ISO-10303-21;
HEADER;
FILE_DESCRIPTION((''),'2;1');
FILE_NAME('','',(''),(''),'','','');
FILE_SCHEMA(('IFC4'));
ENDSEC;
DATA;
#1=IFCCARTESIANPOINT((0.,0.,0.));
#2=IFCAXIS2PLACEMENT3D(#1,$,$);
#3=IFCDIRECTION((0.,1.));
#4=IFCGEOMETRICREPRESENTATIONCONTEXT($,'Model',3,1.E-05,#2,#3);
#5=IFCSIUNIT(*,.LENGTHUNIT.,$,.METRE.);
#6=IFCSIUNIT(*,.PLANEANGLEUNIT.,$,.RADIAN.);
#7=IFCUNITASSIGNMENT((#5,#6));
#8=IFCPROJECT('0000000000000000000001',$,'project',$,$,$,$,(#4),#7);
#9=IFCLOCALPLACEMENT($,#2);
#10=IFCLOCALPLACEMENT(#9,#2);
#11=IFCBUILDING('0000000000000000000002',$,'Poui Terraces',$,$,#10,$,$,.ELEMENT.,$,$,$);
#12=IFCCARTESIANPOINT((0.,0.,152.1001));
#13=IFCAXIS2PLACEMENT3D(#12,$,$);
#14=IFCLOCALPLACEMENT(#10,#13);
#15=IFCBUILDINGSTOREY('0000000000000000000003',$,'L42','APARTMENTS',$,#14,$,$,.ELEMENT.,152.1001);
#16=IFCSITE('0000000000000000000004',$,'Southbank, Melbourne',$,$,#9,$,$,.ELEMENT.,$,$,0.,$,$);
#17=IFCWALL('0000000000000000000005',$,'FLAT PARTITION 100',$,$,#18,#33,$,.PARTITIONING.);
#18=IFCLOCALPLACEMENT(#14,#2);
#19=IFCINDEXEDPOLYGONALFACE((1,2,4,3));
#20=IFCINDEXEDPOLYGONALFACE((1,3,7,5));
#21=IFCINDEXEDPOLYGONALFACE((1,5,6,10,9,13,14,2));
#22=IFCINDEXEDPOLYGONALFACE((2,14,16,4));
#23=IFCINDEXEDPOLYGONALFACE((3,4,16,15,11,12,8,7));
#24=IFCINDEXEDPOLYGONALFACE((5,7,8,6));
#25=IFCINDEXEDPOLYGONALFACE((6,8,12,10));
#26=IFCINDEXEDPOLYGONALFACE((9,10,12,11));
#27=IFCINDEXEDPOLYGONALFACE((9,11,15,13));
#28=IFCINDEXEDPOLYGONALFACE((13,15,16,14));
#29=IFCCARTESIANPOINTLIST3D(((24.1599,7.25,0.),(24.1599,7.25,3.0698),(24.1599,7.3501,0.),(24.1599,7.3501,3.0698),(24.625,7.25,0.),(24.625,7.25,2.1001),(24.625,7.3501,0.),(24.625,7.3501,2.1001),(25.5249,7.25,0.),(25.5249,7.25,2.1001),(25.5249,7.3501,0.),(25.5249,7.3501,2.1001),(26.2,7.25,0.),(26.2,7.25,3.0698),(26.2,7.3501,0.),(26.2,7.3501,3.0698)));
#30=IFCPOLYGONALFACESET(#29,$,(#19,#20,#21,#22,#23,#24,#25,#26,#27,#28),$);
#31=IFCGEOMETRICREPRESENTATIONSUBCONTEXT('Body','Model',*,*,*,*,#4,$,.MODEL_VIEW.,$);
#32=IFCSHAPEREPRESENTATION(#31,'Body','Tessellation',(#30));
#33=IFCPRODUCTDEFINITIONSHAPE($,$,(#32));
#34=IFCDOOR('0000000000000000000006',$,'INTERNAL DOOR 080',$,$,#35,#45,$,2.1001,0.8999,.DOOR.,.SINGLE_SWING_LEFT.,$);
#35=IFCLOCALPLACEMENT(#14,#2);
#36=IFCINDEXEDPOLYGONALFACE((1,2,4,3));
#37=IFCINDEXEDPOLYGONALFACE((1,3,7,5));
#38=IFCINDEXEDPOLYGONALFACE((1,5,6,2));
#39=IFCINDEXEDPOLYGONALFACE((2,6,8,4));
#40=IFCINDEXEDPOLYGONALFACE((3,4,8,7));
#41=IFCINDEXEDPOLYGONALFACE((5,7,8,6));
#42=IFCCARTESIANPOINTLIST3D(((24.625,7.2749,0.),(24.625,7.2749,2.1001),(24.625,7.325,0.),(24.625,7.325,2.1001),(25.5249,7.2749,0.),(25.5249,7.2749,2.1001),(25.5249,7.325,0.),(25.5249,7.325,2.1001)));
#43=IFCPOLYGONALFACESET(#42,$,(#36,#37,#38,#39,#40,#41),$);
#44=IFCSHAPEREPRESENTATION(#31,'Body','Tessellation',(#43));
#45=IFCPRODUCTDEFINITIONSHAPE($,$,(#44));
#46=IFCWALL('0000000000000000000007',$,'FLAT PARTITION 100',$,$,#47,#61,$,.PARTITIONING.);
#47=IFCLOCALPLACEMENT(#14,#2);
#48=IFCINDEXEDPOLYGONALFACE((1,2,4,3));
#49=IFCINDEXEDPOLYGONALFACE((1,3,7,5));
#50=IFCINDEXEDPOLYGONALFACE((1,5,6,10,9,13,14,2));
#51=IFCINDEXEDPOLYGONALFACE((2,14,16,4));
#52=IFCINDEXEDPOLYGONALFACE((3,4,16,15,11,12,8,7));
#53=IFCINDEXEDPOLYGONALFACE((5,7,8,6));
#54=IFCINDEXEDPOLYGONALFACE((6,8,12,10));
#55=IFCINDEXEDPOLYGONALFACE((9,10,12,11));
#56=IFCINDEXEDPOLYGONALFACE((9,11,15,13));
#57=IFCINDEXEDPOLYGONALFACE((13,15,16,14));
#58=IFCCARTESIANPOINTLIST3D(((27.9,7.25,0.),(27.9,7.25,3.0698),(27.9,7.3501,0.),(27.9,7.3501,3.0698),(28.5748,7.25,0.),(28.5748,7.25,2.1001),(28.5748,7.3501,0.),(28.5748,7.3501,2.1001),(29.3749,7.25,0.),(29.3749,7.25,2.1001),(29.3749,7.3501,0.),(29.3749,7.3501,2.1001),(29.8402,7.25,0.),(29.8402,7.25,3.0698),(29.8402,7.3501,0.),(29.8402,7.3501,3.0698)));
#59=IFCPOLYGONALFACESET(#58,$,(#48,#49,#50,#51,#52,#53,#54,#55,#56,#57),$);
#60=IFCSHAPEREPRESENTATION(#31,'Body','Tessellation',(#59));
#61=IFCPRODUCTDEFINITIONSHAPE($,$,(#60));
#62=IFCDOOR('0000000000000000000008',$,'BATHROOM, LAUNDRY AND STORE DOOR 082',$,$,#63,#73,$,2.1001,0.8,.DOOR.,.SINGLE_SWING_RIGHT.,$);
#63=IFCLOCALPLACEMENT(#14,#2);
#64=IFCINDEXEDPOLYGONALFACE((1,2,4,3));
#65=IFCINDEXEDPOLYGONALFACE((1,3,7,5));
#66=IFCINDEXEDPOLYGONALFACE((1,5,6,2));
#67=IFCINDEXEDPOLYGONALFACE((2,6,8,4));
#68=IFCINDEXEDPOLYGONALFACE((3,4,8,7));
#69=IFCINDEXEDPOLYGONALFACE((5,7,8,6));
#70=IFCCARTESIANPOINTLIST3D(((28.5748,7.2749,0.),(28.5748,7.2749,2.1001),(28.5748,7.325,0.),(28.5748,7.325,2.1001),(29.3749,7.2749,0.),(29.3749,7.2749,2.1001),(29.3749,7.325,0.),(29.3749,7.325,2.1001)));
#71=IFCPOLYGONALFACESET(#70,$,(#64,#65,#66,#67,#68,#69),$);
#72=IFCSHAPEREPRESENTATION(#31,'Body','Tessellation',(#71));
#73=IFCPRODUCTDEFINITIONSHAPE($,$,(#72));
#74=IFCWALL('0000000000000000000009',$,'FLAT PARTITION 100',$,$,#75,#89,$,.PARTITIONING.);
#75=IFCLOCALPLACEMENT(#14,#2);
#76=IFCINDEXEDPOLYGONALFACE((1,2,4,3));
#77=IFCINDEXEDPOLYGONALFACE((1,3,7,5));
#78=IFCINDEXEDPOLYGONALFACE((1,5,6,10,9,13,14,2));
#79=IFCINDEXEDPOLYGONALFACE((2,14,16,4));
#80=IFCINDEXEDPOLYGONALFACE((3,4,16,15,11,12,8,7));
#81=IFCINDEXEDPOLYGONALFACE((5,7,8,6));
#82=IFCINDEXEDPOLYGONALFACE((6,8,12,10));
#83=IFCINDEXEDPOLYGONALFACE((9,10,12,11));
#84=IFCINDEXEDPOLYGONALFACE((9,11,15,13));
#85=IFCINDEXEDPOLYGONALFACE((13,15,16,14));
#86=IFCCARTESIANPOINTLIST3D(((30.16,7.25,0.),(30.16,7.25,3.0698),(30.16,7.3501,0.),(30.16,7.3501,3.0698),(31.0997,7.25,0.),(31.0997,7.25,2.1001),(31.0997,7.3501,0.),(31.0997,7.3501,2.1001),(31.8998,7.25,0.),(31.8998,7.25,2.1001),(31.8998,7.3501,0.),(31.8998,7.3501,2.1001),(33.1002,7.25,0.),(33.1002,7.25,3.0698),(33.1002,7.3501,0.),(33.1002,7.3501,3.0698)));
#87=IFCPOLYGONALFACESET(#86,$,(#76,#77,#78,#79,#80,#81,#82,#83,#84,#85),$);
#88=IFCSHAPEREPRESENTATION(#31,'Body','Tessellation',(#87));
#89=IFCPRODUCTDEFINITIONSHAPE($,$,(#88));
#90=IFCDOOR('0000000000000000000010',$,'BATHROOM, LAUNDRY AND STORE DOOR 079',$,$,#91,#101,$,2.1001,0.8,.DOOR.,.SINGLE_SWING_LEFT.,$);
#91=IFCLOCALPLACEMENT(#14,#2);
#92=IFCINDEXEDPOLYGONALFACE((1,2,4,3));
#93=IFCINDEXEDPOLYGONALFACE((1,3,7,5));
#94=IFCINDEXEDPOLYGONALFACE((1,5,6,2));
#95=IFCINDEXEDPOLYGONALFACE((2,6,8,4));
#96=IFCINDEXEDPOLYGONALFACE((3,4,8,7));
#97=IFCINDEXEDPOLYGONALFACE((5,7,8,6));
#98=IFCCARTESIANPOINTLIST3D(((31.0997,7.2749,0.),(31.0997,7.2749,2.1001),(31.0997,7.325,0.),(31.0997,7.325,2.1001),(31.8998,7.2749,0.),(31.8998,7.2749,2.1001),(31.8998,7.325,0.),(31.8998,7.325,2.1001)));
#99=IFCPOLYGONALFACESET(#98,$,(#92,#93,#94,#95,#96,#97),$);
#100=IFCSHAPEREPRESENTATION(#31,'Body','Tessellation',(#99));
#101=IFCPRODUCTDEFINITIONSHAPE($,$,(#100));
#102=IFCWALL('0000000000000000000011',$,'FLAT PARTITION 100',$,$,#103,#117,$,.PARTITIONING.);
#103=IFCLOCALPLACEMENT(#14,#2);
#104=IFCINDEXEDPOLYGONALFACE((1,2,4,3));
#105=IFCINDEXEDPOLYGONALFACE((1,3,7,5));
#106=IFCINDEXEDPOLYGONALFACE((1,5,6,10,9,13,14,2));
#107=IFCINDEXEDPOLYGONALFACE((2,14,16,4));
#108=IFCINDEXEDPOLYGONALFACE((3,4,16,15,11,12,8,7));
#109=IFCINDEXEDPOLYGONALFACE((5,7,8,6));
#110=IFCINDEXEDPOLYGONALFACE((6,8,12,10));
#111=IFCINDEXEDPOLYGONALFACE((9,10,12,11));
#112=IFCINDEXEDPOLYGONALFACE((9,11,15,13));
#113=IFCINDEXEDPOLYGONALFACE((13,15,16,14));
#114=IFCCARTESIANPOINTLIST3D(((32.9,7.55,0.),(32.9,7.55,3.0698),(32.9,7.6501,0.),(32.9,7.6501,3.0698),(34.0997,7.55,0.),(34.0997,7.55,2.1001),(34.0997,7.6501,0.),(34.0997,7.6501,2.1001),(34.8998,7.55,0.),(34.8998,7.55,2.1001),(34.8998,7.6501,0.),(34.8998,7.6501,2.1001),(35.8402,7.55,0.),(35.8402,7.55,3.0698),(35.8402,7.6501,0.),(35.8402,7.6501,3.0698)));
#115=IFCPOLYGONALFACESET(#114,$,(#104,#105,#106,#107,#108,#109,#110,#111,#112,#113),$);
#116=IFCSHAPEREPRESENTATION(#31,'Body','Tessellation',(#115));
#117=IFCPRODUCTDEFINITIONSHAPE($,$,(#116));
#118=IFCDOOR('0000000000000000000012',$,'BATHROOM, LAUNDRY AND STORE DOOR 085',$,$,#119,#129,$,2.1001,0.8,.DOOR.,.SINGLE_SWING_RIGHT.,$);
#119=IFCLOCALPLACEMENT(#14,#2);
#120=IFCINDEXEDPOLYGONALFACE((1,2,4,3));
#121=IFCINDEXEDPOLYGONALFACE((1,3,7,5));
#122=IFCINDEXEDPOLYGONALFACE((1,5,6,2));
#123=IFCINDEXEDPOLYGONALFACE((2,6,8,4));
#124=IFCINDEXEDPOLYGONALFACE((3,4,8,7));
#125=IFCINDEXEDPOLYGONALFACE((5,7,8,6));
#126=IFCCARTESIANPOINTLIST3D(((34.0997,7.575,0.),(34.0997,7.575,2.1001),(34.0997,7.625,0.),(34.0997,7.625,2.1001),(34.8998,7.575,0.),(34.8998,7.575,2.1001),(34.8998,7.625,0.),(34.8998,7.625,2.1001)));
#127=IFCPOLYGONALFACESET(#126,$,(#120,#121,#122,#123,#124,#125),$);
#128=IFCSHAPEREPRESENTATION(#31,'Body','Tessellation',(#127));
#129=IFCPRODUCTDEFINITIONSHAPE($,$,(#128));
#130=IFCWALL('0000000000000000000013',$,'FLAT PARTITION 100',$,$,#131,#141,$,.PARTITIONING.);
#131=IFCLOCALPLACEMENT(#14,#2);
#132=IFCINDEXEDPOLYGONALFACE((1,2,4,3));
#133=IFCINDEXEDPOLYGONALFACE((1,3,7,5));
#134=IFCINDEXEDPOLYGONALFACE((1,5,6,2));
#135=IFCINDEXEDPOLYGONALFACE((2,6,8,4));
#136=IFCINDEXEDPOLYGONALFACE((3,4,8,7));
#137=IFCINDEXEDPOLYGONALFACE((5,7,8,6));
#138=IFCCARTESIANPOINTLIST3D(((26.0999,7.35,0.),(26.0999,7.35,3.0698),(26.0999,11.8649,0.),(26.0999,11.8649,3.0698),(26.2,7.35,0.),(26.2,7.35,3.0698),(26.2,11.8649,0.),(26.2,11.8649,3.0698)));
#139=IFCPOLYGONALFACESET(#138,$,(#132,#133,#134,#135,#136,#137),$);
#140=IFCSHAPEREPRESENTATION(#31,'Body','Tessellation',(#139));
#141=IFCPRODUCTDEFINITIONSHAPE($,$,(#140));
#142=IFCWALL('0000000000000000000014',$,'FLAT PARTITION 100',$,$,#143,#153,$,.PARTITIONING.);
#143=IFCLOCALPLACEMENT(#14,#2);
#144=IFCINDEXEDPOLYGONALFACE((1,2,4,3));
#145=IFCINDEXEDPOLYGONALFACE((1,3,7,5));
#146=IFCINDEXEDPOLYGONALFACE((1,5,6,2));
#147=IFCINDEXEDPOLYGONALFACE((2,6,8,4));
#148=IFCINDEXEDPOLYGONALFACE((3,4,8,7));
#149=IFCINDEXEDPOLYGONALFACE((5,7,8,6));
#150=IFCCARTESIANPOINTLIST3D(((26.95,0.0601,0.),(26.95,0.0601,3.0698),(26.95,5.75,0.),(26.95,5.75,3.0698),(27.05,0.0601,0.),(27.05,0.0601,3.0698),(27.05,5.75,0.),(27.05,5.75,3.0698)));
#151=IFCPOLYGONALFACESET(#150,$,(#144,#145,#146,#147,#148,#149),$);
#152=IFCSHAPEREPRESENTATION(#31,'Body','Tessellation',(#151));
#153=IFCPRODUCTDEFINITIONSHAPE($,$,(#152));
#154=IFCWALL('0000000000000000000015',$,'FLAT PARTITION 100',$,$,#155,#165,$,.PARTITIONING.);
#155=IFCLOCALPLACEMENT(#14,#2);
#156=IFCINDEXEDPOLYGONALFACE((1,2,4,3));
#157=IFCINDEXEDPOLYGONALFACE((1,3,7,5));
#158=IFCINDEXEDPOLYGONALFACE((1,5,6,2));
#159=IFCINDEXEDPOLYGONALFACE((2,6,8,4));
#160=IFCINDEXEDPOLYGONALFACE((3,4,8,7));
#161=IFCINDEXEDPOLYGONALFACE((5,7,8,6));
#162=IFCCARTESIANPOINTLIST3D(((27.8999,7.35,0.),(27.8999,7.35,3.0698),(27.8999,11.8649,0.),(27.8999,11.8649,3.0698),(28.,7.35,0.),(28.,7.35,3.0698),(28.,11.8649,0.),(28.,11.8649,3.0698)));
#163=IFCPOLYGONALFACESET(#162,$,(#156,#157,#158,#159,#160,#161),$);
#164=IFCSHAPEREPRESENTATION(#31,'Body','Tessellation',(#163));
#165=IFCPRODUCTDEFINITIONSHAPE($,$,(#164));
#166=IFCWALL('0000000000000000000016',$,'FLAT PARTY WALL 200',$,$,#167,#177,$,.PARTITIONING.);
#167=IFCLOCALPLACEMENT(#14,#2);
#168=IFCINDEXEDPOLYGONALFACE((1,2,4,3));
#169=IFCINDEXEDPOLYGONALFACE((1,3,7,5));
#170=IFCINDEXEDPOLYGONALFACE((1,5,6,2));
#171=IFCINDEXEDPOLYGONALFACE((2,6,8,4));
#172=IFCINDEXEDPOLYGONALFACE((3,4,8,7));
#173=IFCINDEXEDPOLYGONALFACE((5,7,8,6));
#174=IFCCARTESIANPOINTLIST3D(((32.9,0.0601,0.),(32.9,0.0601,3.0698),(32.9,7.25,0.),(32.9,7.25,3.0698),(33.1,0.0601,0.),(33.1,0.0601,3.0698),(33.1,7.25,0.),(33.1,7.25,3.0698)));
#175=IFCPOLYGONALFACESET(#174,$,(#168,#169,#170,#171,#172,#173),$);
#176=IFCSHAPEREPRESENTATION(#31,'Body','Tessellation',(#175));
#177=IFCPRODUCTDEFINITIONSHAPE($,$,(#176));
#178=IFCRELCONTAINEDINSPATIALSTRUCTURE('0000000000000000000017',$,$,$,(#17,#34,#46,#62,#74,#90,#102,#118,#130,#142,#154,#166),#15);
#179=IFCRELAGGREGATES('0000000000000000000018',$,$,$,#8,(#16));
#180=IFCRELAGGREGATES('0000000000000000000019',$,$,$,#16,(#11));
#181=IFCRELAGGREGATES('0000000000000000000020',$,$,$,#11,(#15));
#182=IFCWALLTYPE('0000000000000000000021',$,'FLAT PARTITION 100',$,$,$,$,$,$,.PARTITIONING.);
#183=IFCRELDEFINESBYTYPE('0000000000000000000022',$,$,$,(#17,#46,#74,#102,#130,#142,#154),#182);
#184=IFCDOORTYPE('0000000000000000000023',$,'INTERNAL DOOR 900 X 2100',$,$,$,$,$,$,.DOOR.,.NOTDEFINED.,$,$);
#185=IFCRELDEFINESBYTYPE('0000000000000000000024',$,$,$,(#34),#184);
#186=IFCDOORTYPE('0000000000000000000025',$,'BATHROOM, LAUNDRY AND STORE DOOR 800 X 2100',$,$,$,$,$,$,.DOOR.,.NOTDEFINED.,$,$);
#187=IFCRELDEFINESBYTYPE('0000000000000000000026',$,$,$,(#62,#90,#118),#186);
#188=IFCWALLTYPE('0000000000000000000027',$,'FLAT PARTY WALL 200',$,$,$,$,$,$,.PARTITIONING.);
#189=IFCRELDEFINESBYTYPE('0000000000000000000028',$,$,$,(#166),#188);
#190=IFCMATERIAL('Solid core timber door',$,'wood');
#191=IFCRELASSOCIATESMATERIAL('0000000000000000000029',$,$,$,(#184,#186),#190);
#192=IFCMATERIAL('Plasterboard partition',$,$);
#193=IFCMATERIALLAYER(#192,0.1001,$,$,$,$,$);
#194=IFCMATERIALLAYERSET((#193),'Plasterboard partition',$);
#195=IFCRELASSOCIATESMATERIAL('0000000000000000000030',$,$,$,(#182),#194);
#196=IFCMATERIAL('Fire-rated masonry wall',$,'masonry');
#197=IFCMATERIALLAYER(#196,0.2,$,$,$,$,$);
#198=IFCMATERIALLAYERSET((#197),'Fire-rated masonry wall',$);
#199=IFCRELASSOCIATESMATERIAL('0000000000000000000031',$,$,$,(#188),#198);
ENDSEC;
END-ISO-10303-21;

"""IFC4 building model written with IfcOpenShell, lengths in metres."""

from ifc_helpers import new_model, si_unit, direction, frame, frame_2d, origin, place, context, subcontext, project, spatial, rectangle, extrude, material, layer, layer_set, type_object, element, fill, save


model = new_model("IFC4")

# Units and contexts
model_context = context("Model", 3, precision=1e-05, world=origin(), true_north=direction((0.0, 1.0)))
body_context = subcontext(model_context, "Body", "Model", "MODEL_VIEW")
ifc_project = project(units=[si_unit("LENGTHUNIT", "METRE"), si_unit("PLANEANGLEUNIT", "RADIAN")], contexts=[model_context])

# Site, building, storey
site_placement = place(None, origin())
site = spatial("IfcSite", under=ifc_project, at=site_placement, Name="Southbank, Melbourne", CompositionType="ELEMENT", RefElevation=0.0)
building_placement = place(site_placement, origin())
building = spatial("IfcBuilding", under=site, at=building_placement, Name="Poui Terraces", CompositionType="ELEMENT")
storey_placement = place(building_placement, frame((0.0, 0.0, 152.1001)))
storey = spatial("IfcBuildingStorey", under=building, at=storey_placement, Name="L42", Description="APARTMENTS", CompositionType="ELEMENT", Elevation=152.1001)

# Walls, openings, doors
ifc_material_1 = material(Name="Solid core timber door", Category="wood")
door_type_1 = type_object("IfcDoorType", Name="INTERNAL DOOR 900 X 2100", OperationType="NOTDEFINED", PredefinedType="DOOR", material=ifc_material_1)
ifc_material_2 = material(Name="Plasterboard partition")
ifc_layer_1 = layer(ifc_material_2, 0.1001)
ifc_layer_set_1 = layer_set([ifc_layer_1], Name="Plasterboard partition")
wall_type_1 = type_object("IfcWallType", Name="FLAT PARTITION 100", PredefinedType="PARTITIONING", material=ifc_layer_set_1)
wall_1_placement = place(storey_placement, frame((24.1599, 7.3, 0.0), z_axis=(0.0, 0.0, 1.0), x_axis=(1.0, 0.0, 0.0)))
wall_1 = element("IfcWall", 1, at=wall_1_placement, inside=storey, type_object=wall_type_1, Name="FLAT PARTITION 100", PredefinedType="PARTITIONING", context=body_context, shape_type="SweptSolid", body=[
    extrude(rectangle(XDim=2.04, YDim=0.1001, at=frame_2d((1.02, 0.0))), origin(), (0.0, 0.0, 1.0), 3.0698),
])
opening_1_placement = place(wall_1_placement, frame((0.4651, 0.0, 0.0)))
opening_1 = element("IfcOpeningElement", 2, at=opening_1_placement, cuts=wall_1, PredefinedType="OPENING", context=body_context, shape_type="SweptSolid", body=[
    extrude(rectangle(XDim=0.8999, YDim=2.1001, at=frame_2d((0.45, 1.05))), frame((0.0, 0.0601, 0.0), z_axis=(0.0, -1.0, 0.0), x_axis=(1.0, 0.0, 0.0)), (0.0, 0.0, 1.0), 0.1201),
])
door_1_placement = place(opening_1_placement, origin())
door_1 = element("IfcDoor", 3, at=door_1_placement, inside=storey, type_object=door_type_1, Name="INTERNAL DOOR 080", OperationType="SINGLE_SWING_LEFT", OverallHeight=2.1001, OverallWidth=0.8999, PredefinedType="DOOR", context=body_context, shape_type="SweptSolid", body=[
    extrude(rectangle(XDim=0.8999, YDim=2.1001, at=frame_2d((0.45, 1.05))), frame((0.0, 0.0249, 0.0), z_axis=(0.0, -1.0, 0.0), x_axis=(1.0, 0.0, 0.0)), (0.0, 0.0, 1.0), 0.05),
])
fill(opening_1, door_1)
wall_2_placement = place(storey_placement, frame((27.8999, 7.3, 0.0), z_axis=(0.0, 0.0, 1.0), x_axis=(1.0, 0.0, 0.0)))
wall_2 = element("IfcWall", 4, at=wall_2_placement, inside=storey, type_object=wall_type_1, Name="FLAT PARTITION 100", PredefinedType="PARTITIONING", context=body_context, shape_type="SweptSolid", body=[
    extrude(rectangle(XDim=1.9402, YDim=0.1001, at=frame_2d((0.9702, 0.0))), origin(), (0.0, 0.0, 1.0), 3.0698),
])
opening_2_placement = place(wall_2_placement, frame((0.675, 0.0, 0.0)))
opening_2 = element("IfcOpeningElement", 5, at=opening_2_placement, cuts=wall_2, PredefinedType="OPENING", context=body_context, shape_type="SweptSolid", body=[
    extrude(rectangle(XDim=0.8, YDim=2.1001, at=frame_2d((0.3999, 1.05))), frame((0.0, 0.0601, 0.0), z_axis=(0.0, -1.0, 0.0), x_axis=(1.0, 0.0, 0.0)), (0.0, 0.0, 1.0), 0.1201),
])
door_type_2 = type_object("IfcDoorType", Name="BATHROOM, LAUNDRY AND STORE DOOR 800 X 2100", OperationType="NOTDEFINED", PredefinedType="DOOR", material=ifc_material_1)
door_2_placement = place(opening_2_placement, origin())
door_2 = element("IfcDoor", 6, at=door_2_placement, inside=storey, type_object=door_type_2, Name="BATHROOM, LAUNDRY AND STORE DOOR 082", OperationType="SINGLE_SWING_RIGHT", OverallHeight=2.1001, OverallWidth=0.8, PredefinedType="DOOR", context=body_context, shape_type="SweptSolid", body=[
    extrude(rectangle(XDim=0.8, YDim=2.1001, at=frame_2d((0.3999, 1.05))), frame((0.0, 0.0249, 0.0), z_axis=(0.0, -1.0, 0.0), x_axis=(1.0, 0.0, 0.0)), (0.0, 0.0, 1.0), 0.05),
])
fill(opening_2, door_2)
wall_3_placement = place(storey_placement, frame((30.1599, 7.3, 0.0), z_axis=(0.0, 0.0, 1.0), x_axis=(1.0, 0.0, 0.0)))
wall_3 = element("IfcWall", 7, at=wall_3_placement, inside=storey, type_object=wall_type_1, Name="FLAT PARTITION 100", PredefinedType="PARTITIONING", context=body_context, shape_type="SweptSolid", body=[
    extrude(rectangle(XDim=2.9402, YDim=0.1001, at=frame_2d((1.4702, 0.0))), origin(), (0.0, 0.0, 1.0), 3.0698),
])
opening_3_placement = place(wall_3_placement, frame((0.9399, 0.0, 0.0)))
opening_3 = element("IfcOpeningElement", 8, at=opening_3_placement, cuts=wall_3, PredefinedType="OPENING", context=body_context, shape_type="SweptSolid", body=[
    extrude(rectangle(XDim=0.8, YDim=2.1001, at=frame_2d((0.3999, 1.05))), frame((0.0, 0.0601, 0.0), z_axis=(0.0, -1.0, 0.0), x_axis=(1.0, 0.0, 0.0)), (0.0, 0.0, 1.0), 0.1201),
])
door_3_placement = place(opening_3_placement, origin())
door_3 = element("IfcDoor", 9, at=door_3_placement, inside=storey, type_object=door_type_2, Name="BATHROOM, LAUNDRY AND STORE DOOR 079", OperationType="SINGLE_SWING_LEFT", OverallHeight=2.1001, OverallWidth=0.8, PredefinedType="DOOR", context=body_context, shape_type="SweptSolid", body=[
    extrude(rectangle(XDim=0.8, YDim=2.1001, at=frame_2d((0.3999, 1.05))), frame((0.0, 0.0249, 0.0), z_axis=(0.0, -1.0, 0.0), x_axis=(1.0, 0.0, 0.0)), (0.0, 0.0, 1.0), 0.05),
])
fill(opening_3, door_3)
wall_4_placement = place(storey_placement, frame((32.8999, 7.6001, 0.0), z_axis=(0.0, 0.0, 1.0), x_axis=(1.0, 0.0, 0.0)))
wall_4 = element("IfcWall", 10, at=wall_4_placement, inside=storey, type_object=wall_type_1, Name="FLAT PARTITION 100", PredefinedType="PARTITIONING", context=body_context, shape_type="SweptSolid", body=[
    extrude(rectangle(XDim=2.9402, YDim=0.1001, at=frame_2d((1.4702, 0.0))), origin(), (0.0, 0.0, 1.0), 3.0698),
])
opening_4_placement = place(wall_4_placement, frame((1.2, 0.0, 0.0)))
opening_4 = element("IfcOpeningElement", 11, at=opening_4_placement, cuts=wall_4, PredefinedType="OPENING", context=body_context, shape_type="SweptSolid", body=[
    extrude(rectangle(XDim=0.8, YDim=2.1001, at=frame_2d((0.3999, 1.05))), frame((0.0, 0.0601, 0.0), z_axis=(0.0, -1.0, 0.0), x_axis=(1.0, 0.0, 0.0)), (0.0, 0.0, 1.0), 0.1201),
])
door_4_placement = place(opening_4_placement, origin())
door_4 = element("IfcDoor", 12, at=door_4_placement, inside=storey, type_object=door_type_2, Name="BATHROOM, LAUNDRY AND STORE DOOR 085", OperationType="SINGLE_SWING_RIGHT", OverallHeight=2.1001, OverallWidth=0.8, PredefinedType="DOOR", context=body_context, shape_type="SweptSolid", body=[
    extrude(rectangle(XDim=0.8, YDim=2.1001, at=frame_2d((0.3999, 1.05))), frame((0.0, 0.0249, 0.0), z_axis=(0.0, -1.0, 0.0), x_axis=(1.0, 0.0, 0.0)), (0.0, 0.0, 1.0), 0.05),
])
fill(opening_4, door_4)

# Walls
wall_5_placement = place(storey_placement, frame((26.1499, 7.3501, 0.0), z_axis=(0.0, 0.0, 1.0), x_axis=(0.0, 1.0, 0.0)))
element("IfcWall", 13, at=wall_5_placement, inside=storey, type_object=wall_type_1, Name="FLAT PARTITION 100", PredefinedType="PARTITIONING", context=body_context, shape_type="SweptSolid", body=[
    extrude(rectangle(XDim=4.5149, YDim=0.1001, at=frame_2d((2.2573, 0.0))), origin(), (0.0, 0.0, 1.0), 3.0698),
])
wall_6_placement = place(storey_placement, frame((27.0, 0.0601, 0.0), z_axis=(0.0, 0.0, 1.0), x_axis=(0.0, 1.0, 0.0)))
element("IfcWall", 14, at=wall_6_placement, inside=storey, type_object=wall_type_1, Name="FLAT PARTITION 100", PredefinedType="PARTITIONING", context=body_context, shape_type="SweptSolid", body=[
    extrude(rectangle(XDim=5.6899, YDim=0.1001, at=frame_2d((2.845, 0.0))), origin(), (0.0, 0.0, 1.0), 3.0698),
])
wall_7_placement = place(storey_placement, frame((27.95, 7.3501, 0.0), z_axis=(0.0, 0.0, 1.0), x_axis=(0.0, 1.0, 0.0)))
element("IfcWall", 15, at=wall_7_placement, inside=storey, type_object=wall_type_1, Name="FLAT PARTITION 100", PredefinedType="PARTITIONING", context=body_context, shape_type="SweptSolid", body=[
    extrude(rectangle(XDim=4.5149, YDim=0.1001, at=frame_2d((2.2573, 0.0))), origin(), (0.0, 0.0, 1.0), 3.0698),
])
ifc_material_3 = material(Name="Fire-rated masonry wall", Category="masonry")
ifc_layer_2 = layer(ifc_material_3, 0.2)
ifc_layer_set_2 = layer_set([ifc_layer_2], Name="Fire-rated masonry wall")
wall_type_2 = type_object("IfcWallType", Name="FLAT PARTY WALL 200", PredefinedType="PARTITIONING", material=ifc_layer_set_2)
wall_8_placement = place(storey_placement, frame((33.0, 0.0601, 0.0), z_axis=(0.0, 0.0, 1.0), x_axis=(0.0, 1.0, 0.0)))
element("IfcWall", 16, at=wall_8_placement, inside=storey, type_object=wall_type_2, Name="FLAT PARTY WALL 200", PredefinedType="PARTITIONING", context=body_context, shape_type="SweptSolid", body=[
    extrude(rectangle(XDim=7.1899, YDim=0.2, at=frame_2d((3.595, 0.0))), origin(), (0.0, 0.0, 1.0), 3.0698),
])

save(model, "model.ifc")
